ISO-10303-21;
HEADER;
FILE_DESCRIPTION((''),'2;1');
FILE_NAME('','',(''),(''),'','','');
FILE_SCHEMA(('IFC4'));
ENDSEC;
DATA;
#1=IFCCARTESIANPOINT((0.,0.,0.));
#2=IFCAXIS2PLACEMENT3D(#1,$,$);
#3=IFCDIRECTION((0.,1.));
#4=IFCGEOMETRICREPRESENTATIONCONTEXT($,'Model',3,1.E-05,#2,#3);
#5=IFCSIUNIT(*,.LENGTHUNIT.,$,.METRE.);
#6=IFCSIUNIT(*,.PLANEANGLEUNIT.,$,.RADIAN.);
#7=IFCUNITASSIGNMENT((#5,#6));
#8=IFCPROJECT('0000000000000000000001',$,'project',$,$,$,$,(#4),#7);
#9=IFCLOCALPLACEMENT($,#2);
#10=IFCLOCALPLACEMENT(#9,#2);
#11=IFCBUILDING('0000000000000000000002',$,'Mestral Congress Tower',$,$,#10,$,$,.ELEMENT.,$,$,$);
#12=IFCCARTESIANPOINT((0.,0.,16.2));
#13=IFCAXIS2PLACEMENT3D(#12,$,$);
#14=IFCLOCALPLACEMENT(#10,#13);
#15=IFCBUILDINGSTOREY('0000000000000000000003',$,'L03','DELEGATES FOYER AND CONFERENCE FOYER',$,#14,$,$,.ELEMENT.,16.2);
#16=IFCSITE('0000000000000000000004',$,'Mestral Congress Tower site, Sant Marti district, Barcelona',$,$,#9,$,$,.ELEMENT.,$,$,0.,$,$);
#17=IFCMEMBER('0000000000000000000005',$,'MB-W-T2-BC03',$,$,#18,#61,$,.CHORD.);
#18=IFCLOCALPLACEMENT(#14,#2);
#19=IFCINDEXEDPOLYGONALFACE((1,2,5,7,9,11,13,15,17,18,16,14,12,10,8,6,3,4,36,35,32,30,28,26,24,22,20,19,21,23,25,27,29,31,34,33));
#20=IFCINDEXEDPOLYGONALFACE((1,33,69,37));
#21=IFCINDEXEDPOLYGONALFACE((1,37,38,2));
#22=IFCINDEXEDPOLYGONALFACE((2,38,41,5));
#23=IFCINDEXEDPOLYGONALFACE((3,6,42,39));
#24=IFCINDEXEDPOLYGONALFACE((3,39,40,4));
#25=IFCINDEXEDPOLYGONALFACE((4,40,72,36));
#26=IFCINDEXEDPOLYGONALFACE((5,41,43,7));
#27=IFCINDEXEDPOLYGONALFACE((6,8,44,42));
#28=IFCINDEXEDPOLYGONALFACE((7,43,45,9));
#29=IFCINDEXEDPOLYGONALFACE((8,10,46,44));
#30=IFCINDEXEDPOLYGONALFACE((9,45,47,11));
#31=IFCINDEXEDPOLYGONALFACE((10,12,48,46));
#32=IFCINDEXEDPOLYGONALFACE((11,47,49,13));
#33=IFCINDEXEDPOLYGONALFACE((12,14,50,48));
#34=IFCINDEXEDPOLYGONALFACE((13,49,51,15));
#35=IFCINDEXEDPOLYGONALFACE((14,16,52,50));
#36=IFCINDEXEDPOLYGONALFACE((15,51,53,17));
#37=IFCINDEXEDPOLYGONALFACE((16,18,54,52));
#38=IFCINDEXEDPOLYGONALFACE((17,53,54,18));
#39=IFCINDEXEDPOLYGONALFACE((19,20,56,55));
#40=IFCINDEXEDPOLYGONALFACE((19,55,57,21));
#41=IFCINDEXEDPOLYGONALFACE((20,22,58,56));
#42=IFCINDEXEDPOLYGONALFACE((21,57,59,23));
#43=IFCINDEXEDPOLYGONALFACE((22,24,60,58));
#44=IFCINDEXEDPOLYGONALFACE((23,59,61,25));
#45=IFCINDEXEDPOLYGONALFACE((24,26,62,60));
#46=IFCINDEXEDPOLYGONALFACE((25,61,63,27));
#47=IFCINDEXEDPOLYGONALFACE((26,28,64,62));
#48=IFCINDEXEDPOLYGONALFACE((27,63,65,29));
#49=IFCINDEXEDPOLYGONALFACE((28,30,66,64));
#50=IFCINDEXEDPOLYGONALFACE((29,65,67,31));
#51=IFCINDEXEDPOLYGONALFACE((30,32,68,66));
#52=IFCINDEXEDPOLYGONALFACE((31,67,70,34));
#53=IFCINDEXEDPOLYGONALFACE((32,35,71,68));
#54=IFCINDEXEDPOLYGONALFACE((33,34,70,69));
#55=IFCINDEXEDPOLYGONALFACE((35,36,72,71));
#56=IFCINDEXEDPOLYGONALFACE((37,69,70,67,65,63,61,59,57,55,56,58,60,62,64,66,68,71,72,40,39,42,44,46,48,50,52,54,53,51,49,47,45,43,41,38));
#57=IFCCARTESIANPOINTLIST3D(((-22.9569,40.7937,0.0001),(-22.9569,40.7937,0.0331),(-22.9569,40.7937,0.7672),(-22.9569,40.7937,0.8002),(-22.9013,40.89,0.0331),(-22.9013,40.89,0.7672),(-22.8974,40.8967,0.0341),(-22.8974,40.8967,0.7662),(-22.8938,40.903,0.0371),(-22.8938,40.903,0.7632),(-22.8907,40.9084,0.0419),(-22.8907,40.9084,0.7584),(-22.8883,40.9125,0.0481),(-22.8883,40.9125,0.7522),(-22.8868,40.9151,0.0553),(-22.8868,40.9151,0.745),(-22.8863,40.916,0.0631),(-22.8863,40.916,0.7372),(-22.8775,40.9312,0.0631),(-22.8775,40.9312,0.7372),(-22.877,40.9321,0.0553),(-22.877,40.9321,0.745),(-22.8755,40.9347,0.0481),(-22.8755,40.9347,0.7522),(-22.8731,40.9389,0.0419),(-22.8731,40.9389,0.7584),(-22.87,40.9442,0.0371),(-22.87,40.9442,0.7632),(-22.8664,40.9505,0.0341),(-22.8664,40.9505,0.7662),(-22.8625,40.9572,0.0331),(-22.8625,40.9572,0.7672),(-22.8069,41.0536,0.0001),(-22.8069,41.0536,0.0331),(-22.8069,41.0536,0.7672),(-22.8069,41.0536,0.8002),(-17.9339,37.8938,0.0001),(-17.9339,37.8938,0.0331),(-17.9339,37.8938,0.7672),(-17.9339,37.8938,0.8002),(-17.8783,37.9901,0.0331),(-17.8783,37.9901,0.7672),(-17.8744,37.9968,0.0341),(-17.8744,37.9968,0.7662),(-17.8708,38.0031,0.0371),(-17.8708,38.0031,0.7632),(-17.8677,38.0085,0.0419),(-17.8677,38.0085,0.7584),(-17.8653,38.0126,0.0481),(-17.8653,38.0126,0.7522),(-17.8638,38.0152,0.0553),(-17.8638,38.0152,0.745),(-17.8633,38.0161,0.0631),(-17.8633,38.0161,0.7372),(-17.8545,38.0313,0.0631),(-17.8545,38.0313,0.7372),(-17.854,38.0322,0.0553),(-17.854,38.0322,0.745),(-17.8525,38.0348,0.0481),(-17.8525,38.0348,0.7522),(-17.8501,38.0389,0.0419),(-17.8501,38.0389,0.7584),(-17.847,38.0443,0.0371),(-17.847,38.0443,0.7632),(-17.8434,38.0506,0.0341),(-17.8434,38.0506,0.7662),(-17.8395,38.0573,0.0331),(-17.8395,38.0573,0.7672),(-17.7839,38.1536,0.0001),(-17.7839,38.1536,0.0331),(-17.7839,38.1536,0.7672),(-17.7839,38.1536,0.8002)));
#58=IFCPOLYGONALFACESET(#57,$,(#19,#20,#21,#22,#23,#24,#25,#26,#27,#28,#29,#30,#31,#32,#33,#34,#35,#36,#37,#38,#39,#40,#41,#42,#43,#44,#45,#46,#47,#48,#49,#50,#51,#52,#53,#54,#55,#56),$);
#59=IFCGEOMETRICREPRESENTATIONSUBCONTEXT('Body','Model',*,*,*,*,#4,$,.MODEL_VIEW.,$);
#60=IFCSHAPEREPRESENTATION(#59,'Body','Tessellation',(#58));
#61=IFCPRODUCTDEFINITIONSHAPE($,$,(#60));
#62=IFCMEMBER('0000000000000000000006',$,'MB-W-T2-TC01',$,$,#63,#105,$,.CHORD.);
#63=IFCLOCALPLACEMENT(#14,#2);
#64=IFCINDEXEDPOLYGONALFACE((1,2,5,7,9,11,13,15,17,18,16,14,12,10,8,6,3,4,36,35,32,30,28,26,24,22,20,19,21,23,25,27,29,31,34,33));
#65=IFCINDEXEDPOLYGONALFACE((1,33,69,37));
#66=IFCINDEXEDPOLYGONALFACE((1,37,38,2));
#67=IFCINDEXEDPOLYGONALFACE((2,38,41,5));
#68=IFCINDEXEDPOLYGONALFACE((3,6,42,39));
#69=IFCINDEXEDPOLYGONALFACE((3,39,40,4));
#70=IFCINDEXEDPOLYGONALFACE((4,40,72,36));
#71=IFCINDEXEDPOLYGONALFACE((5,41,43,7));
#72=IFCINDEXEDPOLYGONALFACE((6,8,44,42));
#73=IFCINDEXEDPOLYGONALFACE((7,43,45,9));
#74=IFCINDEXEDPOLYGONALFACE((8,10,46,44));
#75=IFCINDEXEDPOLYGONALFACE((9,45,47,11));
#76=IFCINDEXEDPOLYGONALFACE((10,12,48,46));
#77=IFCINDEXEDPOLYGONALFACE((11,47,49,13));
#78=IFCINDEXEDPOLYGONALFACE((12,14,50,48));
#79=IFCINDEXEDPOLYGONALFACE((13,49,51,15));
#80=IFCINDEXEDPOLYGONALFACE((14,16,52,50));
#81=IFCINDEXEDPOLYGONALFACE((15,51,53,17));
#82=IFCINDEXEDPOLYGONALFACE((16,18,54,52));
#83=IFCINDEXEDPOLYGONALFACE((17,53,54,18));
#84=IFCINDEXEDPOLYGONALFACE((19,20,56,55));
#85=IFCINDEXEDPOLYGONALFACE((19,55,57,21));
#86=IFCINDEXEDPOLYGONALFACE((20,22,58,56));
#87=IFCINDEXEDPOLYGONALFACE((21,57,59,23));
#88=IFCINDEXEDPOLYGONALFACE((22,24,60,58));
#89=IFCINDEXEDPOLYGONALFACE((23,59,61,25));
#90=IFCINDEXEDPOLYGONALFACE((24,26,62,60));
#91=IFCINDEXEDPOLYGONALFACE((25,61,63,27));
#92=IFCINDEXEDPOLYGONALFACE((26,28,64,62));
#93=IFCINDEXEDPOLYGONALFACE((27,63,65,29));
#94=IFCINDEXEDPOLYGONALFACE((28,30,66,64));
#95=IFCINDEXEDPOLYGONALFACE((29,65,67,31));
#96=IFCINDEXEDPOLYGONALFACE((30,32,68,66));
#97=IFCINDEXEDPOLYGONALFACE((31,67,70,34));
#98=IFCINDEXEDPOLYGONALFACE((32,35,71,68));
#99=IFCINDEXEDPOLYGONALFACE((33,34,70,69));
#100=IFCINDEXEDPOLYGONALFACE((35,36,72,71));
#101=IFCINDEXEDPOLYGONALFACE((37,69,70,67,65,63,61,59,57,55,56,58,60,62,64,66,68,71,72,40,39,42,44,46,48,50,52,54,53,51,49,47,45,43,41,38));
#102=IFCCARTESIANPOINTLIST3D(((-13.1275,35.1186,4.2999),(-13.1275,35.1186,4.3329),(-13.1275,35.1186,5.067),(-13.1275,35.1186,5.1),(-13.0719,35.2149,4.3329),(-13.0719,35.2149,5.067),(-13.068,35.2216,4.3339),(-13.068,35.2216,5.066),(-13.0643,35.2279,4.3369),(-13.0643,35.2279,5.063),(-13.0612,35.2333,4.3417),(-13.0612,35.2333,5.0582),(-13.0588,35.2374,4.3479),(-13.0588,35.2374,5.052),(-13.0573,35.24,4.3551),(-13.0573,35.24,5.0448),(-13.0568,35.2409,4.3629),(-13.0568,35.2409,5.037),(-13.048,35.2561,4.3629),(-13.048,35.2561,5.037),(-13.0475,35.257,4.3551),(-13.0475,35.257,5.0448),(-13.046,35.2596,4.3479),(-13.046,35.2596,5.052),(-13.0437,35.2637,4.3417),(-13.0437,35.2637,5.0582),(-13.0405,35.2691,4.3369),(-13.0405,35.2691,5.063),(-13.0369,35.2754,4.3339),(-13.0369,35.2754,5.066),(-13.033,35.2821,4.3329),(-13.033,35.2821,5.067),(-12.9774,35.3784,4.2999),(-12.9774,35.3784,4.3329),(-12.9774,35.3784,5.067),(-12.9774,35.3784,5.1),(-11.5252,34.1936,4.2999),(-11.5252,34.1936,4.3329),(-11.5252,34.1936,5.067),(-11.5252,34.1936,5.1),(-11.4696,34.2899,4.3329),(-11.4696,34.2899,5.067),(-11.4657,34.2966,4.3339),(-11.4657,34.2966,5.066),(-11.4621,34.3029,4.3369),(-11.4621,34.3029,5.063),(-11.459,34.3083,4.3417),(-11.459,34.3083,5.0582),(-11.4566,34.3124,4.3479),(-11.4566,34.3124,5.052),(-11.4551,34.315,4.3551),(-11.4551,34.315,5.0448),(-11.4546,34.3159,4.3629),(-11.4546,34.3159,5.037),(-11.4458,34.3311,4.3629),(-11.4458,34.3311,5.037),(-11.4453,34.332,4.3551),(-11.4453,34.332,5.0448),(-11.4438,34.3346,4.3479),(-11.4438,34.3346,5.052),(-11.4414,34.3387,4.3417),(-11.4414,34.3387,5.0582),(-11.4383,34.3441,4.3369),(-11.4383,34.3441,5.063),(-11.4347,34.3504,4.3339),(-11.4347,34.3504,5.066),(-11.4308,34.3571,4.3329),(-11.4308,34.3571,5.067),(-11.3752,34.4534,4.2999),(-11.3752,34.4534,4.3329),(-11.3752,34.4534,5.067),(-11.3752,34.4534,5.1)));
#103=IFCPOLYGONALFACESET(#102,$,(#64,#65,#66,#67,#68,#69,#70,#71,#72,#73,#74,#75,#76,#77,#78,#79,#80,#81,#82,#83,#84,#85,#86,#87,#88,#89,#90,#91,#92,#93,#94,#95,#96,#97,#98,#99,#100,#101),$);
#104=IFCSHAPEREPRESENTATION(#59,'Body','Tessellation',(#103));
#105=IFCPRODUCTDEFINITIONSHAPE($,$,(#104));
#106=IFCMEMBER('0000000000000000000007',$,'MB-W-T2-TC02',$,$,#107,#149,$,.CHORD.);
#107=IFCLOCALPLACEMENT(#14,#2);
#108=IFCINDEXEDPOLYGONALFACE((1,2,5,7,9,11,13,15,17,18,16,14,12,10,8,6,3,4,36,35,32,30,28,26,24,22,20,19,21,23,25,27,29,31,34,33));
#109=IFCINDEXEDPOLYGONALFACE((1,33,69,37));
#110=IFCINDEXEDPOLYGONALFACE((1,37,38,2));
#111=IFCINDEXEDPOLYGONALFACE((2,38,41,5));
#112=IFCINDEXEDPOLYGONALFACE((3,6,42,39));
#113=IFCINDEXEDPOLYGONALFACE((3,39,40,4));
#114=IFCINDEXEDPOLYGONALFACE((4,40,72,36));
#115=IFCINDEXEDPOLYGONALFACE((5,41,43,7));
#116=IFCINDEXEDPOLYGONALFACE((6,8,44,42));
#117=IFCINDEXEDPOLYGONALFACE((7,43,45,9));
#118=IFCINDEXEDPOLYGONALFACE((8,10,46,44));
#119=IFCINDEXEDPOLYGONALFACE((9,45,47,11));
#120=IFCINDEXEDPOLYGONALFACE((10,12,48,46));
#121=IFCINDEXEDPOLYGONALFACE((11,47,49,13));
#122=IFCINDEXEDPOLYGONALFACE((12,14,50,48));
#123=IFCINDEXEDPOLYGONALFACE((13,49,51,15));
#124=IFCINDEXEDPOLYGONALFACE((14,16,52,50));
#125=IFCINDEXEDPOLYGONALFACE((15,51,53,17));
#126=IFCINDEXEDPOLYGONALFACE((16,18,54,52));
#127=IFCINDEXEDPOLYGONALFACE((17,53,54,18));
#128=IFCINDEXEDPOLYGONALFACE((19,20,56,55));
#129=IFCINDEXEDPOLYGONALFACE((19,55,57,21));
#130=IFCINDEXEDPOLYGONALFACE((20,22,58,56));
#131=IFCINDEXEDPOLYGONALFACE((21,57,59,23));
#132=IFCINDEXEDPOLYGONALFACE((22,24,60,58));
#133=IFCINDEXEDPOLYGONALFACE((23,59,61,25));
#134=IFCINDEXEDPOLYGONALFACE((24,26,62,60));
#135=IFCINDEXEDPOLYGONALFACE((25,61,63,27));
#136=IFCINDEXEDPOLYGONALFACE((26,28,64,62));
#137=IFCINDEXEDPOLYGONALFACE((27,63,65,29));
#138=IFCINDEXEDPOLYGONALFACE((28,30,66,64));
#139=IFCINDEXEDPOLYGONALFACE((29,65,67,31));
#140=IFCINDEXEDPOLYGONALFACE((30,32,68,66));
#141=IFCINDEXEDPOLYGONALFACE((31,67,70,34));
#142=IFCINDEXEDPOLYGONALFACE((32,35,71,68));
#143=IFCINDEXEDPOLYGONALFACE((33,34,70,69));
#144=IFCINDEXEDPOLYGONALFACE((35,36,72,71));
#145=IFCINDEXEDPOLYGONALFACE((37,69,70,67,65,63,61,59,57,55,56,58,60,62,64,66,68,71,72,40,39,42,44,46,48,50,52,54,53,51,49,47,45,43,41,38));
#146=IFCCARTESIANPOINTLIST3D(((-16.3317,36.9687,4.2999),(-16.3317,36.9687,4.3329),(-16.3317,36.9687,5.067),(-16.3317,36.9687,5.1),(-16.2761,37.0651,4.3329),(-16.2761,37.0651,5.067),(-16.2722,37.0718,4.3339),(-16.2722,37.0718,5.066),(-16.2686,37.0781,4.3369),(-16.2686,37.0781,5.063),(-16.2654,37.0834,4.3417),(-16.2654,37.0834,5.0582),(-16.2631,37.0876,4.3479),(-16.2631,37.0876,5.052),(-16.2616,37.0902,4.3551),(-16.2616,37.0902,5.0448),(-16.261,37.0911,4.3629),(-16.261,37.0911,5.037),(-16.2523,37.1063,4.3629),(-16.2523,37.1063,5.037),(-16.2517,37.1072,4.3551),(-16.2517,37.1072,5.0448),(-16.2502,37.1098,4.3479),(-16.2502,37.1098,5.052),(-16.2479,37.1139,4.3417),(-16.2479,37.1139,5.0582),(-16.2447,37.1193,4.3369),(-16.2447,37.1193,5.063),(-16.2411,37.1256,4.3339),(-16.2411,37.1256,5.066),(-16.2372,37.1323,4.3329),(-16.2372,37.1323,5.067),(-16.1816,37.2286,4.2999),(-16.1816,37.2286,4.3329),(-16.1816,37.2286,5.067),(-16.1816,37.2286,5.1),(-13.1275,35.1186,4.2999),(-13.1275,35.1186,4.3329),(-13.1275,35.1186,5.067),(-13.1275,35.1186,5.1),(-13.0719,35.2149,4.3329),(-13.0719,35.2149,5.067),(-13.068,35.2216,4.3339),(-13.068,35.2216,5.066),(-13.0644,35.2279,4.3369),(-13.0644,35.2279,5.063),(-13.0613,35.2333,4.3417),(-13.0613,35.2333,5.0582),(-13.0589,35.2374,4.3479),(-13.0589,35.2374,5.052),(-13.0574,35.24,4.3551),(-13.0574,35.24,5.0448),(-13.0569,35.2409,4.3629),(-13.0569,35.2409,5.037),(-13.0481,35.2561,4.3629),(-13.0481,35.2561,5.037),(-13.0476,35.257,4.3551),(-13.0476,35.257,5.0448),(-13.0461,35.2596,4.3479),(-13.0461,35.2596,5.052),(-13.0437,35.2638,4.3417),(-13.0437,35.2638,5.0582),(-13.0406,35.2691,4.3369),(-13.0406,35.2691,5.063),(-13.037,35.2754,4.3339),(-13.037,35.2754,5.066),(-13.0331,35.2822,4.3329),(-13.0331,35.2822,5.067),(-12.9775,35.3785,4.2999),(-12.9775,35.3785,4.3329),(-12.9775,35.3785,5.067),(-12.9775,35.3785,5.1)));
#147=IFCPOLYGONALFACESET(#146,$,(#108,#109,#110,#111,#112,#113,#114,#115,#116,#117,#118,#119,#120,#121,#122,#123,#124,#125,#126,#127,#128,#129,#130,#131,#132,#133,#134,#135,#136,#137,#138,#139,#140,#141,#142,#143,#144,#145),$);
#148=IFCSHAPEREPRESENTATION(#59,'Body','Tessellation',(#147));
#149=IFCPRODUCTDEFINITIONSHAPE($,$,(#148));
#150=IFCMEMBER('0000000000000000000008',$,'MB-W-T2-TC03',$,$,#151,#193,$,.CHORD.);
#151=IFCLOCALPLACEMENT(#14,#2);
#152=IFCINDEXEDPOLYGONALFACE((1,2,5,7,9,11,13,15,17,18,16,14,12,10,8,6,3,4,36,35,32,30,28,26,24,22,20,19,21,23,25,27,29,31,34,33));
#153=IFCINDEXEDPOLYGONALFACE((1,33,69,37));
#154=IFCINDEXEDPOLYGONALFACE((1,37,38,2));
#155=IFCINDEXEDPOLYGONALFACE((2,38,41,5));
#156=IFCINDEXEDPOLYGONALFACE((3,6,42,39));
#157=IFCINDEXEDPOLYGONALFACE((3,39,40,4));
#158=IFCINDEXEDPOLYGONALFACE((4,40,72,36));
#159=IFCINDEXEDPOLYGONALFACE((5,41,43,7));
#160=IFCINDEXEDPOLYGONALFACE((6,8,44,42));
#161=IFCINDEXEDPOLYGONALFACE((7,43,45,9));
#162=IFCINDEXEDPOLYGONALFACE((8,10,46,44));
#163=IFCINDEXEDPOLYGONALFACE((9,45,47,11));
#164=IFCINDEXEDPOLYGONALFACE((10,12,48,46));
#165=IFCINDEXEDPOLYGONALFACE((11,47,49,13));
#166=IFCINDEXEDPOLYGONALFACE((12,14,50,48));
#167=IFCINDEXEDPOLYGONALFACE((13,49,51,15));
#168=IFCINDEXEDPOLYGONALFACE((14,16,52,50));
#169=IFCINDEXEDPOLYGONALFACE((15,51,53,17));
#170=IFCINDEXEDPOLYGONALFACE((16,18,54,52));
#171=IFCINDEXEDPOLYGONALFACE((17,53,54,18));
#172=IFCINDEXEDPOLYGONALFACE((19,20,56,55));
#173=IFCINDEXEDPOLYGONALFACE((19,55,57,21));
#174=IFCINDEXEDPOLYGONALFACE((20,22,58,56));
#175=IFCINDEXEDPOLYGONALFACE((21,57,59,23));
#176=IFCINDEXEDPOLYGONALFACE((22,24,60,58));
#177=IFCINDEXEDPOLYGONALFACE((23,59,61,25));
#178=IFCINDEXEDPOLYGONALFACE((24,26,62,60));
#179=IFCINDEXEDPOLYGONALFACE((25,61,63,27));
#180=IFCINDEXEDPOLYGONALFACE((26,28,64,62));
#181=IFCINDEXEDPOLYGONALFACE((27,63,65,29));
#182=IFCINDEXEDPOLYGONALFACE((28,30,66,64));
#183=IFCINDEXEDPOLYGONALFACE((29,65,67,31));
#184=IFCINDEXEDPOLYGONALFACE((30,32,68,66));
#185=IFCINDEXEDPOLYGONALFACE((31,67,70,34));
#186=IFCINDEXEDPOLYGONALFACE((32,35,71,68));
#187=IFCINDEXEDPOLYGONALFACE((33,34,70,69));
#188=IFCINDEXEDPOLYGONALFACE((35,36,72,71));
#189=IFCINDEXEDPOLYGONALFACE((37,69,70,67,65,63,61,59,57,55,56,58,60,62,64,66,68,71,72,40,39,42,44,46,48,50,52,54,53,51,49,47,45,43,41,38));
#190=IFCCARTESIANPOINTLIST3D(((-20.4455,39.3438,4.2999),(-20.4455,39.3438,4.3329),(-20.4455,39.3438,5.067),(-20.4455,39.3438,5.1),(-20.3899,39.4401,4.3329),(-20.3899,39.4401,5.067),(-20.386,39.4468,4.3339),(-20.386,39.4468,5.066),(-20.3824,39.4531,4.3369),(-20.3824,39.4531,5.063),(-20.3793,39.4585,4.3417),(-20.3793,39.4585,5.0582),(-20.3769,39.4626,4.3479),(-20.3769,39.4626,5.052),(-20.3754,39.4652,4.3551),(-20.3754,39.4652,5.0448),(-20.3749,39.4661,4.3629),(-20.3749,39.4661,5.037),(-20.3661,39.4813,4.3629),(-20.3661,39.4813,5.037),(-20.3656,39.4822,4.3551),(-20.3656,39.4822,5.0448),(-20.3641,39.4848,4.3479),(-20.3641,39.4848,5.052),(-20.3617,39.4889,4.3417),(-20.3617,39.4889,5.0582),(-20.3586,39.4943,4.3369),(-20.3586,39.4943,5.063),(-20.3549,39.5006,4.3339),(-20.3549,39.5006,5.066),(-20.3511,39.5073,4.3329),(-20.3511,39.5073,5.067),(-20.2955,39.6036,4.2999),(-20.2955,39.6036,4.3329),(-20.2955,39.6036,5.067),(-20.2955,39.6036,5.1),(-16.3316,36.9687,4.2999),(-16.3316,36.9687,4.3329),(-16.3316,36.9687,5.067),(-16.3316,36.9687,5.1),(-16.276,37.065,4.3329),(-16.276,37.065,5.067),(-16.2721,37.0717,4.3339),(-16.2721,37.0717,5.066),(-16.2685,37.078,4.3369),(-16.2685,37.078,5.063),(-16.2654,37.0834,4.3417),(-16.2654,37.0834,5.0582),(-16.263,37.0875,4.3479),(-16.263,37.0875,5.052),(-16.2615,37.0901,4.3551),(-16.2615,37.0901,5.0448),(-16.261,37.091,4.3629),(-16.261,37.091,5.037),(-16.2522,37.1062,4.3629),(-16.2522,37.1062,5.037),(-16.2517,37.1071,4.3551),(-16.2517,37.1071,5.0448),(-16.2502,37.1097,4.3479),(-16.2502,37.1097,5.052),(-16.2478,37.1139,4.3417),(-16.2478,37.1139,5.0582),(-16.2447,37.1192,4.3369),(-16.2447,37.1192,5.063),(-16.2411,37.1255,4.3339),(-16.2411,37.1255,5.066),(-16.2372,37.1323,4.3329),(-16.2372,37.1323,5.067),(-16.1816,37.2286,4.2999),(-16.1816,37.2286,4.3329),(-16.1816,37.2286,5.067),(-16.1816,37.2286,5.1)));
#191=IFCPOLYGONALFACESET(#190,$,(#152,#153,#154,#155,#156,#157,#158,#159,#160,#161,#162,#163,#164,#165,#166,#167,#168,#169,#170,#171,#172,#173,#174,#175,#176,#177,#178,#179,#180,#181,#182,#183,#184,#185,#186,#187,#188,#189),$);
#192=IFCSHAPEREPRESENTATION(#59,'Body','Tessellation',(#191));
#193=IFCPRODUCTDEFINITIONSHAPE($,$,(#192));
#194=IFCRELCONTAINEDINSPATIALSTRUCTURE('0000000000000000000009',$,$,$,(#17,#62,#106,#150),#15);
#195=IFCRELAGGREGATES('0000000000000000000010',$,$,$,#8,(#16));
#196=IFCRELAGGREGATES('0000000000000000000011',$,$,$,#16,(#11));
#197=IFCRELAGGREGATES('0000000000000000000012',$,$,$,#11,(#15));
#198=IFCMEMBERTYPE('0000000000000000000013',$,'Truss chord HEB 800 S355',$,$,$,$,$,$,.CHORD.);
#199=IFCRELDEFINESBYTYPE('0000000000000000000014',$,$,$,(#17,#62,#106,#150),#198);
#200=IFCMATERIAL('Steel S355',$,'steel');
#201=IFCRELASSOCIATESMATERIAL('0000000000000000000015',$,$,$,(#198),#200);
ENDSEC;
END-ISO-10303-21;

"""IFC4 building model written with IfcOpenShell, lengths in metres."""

from ifc_helpers import new_model, si_unit, direction, frame, origin, origin_2d, place, context, subcontext, project, spatial, i_section, extrude, material, material_profile, profile_set, type_object, element, save


model = new_model("IFC4")

# Units and contexts
model_context = context("Model", 3, precision=1e-05, world=origin(), true_north=direction((0.0, 1.0)))
body_context = subcontext(model_context, "Body", "Model", "MODEL_VIEW")
ifc_project = project(units=[si_unit("LENGTHUNIT", "METRE"), si_unit("PLANEANGLEUNIT", "RADIAN")], contexts=[model_context])

# Site, building, storey
site_placement = place(None, origin())
site = spatial("IfcSite", under=ifc_project, at=site_placement, Name="Mestral Congress Tower site, Sant Marti district, Barcelona", CompositionType="ELEMENT", RefElevation=0.0)
building_placement = place(site_placement, origin())
building = spatial("IfcBuilding", under=site, at=building_placement, Name="Mestral Congress Tower", CompositionType="ELEMENT")
storey_placement = place(building_placement, frame((0.0, 0.0, 16.2)))
storey = spatial("IfcBuildingStorey", under=building, at=storey_placement, Name="L03", Description="DELEGATES FOYER AND CONFERENCE FOYER", CompositionType="ELEMENT", Elevation=16.2)

# Members
ifc_material_1 = material(Name="Steel S355", Category="steel")
ifc_material_profile_1 = material_profile(ifc_material_1, i_section(OverallWidth=0.3, OverallDepth=0.8, WebThickness=0.0176, FlangeThickness=0.033, FilletRadius=0.03, at=origin_2d()), Name="HEB 800")
ifc_profile_set_1 = profile_set([ifc_material_profile_1], Name="Steel S355")
member_type_1 = type_object("IfcMemberType", Name="Truss chord HEB 800 S355", PredefinedType="CHORD", material=ifc_profile_set_1)
member_1_placement = place(storey_placement, frame((-17.8589, 38.0237, 0.4001), z_axis=(-0.866033, 0.499987, 0.0), x_axis=(-0.499987, -0.866033, 0.0)))
element("IfcMember", 1, at=member_1_placement, inside=storey, type_object=member_type_1, Name="MB-W-T2-BC03", PredefinedType="CHORD", context=body_context, shape_type="SweptSolid", body=[
    extrude(i_section(OverallWidth=0.3, OverallDepth=0.8, WebThickness=0.0176, FlangeThickness=0.033, FilletRadius=0.03, at=origin_2d()), origin(), (0.0, 0.0, 1.0), 5.8),
])
member_2_placement = place(storey_placement, frame((-11.4502, 34.3235, 4.7), z_axis=(-0.866034, 0.499985, 0.0), x_axis=(-0.499985, -0.866034, 0.0)))
element("IfcMember", 2, at=member_2_placement, inside=storey, type_object=member_type_1, Name="MB-W-T2-TC01", PredefinedType="CHORD", context=body_context, shape_type="SweptSolid", body=[
    extrude(i_section(OverallWidth=0.3, OverallDepth=0.8, WebThickness=0.0176, FlangeThickness=0.033, FilletRadius=0.03, at=origin_2d()), origin(), (0.0, 0.0, 1.0), 1.8501),
])
member_3_placement = place(storey_placement, frame((-13.0525, 35.2485, 4.7), z_axis=(-0.866001, 0.500042, 0.0), x_axis=(-0.500042, -0.866001, 0.0)))
element("IfcMember", 3, at=member_3_placement, inside=storey, type_object=member_type_1, Name="MB-W-T2-TC02", PredefinedType="CHORD", context=body_context, shape_type="SweptSolid", body=[
    extrude(i_section(OverallWidth=0.3, OverallDepth=0.8, WebThickness=0.0176, FlangeThickness=0.033, FilletRadius=0.03, at=origin_2d()), origin(), (0.0, 0.0, 1.0), 3.7),
])
member_4_placement = place(storey_placement, frame((-16.2566, 37.0986, 4.7), z_axis=(-0.866033, 0.499986, 0.0), x_axis=(-0.499986, -0.866033, 0.0)))
element("IfcMember", 4, at=member_4_placement, inside=storey, type_object=member_type_1, Name="MB-W-T2-TC03", PredefinedType="CHORD", context=body_context, shape_type="SweptSolid", body=[
    extrude(i_section(OverallWidth=0.3, OverallDepth=0.8, WebThickness=0.0176, FlangeThickness=0.033, FilletRadius=0.03, at=origin_2d()), origin(), (0.0, 0.0, 1.0), 4.7502),
])

save(model, "model.ifc")
